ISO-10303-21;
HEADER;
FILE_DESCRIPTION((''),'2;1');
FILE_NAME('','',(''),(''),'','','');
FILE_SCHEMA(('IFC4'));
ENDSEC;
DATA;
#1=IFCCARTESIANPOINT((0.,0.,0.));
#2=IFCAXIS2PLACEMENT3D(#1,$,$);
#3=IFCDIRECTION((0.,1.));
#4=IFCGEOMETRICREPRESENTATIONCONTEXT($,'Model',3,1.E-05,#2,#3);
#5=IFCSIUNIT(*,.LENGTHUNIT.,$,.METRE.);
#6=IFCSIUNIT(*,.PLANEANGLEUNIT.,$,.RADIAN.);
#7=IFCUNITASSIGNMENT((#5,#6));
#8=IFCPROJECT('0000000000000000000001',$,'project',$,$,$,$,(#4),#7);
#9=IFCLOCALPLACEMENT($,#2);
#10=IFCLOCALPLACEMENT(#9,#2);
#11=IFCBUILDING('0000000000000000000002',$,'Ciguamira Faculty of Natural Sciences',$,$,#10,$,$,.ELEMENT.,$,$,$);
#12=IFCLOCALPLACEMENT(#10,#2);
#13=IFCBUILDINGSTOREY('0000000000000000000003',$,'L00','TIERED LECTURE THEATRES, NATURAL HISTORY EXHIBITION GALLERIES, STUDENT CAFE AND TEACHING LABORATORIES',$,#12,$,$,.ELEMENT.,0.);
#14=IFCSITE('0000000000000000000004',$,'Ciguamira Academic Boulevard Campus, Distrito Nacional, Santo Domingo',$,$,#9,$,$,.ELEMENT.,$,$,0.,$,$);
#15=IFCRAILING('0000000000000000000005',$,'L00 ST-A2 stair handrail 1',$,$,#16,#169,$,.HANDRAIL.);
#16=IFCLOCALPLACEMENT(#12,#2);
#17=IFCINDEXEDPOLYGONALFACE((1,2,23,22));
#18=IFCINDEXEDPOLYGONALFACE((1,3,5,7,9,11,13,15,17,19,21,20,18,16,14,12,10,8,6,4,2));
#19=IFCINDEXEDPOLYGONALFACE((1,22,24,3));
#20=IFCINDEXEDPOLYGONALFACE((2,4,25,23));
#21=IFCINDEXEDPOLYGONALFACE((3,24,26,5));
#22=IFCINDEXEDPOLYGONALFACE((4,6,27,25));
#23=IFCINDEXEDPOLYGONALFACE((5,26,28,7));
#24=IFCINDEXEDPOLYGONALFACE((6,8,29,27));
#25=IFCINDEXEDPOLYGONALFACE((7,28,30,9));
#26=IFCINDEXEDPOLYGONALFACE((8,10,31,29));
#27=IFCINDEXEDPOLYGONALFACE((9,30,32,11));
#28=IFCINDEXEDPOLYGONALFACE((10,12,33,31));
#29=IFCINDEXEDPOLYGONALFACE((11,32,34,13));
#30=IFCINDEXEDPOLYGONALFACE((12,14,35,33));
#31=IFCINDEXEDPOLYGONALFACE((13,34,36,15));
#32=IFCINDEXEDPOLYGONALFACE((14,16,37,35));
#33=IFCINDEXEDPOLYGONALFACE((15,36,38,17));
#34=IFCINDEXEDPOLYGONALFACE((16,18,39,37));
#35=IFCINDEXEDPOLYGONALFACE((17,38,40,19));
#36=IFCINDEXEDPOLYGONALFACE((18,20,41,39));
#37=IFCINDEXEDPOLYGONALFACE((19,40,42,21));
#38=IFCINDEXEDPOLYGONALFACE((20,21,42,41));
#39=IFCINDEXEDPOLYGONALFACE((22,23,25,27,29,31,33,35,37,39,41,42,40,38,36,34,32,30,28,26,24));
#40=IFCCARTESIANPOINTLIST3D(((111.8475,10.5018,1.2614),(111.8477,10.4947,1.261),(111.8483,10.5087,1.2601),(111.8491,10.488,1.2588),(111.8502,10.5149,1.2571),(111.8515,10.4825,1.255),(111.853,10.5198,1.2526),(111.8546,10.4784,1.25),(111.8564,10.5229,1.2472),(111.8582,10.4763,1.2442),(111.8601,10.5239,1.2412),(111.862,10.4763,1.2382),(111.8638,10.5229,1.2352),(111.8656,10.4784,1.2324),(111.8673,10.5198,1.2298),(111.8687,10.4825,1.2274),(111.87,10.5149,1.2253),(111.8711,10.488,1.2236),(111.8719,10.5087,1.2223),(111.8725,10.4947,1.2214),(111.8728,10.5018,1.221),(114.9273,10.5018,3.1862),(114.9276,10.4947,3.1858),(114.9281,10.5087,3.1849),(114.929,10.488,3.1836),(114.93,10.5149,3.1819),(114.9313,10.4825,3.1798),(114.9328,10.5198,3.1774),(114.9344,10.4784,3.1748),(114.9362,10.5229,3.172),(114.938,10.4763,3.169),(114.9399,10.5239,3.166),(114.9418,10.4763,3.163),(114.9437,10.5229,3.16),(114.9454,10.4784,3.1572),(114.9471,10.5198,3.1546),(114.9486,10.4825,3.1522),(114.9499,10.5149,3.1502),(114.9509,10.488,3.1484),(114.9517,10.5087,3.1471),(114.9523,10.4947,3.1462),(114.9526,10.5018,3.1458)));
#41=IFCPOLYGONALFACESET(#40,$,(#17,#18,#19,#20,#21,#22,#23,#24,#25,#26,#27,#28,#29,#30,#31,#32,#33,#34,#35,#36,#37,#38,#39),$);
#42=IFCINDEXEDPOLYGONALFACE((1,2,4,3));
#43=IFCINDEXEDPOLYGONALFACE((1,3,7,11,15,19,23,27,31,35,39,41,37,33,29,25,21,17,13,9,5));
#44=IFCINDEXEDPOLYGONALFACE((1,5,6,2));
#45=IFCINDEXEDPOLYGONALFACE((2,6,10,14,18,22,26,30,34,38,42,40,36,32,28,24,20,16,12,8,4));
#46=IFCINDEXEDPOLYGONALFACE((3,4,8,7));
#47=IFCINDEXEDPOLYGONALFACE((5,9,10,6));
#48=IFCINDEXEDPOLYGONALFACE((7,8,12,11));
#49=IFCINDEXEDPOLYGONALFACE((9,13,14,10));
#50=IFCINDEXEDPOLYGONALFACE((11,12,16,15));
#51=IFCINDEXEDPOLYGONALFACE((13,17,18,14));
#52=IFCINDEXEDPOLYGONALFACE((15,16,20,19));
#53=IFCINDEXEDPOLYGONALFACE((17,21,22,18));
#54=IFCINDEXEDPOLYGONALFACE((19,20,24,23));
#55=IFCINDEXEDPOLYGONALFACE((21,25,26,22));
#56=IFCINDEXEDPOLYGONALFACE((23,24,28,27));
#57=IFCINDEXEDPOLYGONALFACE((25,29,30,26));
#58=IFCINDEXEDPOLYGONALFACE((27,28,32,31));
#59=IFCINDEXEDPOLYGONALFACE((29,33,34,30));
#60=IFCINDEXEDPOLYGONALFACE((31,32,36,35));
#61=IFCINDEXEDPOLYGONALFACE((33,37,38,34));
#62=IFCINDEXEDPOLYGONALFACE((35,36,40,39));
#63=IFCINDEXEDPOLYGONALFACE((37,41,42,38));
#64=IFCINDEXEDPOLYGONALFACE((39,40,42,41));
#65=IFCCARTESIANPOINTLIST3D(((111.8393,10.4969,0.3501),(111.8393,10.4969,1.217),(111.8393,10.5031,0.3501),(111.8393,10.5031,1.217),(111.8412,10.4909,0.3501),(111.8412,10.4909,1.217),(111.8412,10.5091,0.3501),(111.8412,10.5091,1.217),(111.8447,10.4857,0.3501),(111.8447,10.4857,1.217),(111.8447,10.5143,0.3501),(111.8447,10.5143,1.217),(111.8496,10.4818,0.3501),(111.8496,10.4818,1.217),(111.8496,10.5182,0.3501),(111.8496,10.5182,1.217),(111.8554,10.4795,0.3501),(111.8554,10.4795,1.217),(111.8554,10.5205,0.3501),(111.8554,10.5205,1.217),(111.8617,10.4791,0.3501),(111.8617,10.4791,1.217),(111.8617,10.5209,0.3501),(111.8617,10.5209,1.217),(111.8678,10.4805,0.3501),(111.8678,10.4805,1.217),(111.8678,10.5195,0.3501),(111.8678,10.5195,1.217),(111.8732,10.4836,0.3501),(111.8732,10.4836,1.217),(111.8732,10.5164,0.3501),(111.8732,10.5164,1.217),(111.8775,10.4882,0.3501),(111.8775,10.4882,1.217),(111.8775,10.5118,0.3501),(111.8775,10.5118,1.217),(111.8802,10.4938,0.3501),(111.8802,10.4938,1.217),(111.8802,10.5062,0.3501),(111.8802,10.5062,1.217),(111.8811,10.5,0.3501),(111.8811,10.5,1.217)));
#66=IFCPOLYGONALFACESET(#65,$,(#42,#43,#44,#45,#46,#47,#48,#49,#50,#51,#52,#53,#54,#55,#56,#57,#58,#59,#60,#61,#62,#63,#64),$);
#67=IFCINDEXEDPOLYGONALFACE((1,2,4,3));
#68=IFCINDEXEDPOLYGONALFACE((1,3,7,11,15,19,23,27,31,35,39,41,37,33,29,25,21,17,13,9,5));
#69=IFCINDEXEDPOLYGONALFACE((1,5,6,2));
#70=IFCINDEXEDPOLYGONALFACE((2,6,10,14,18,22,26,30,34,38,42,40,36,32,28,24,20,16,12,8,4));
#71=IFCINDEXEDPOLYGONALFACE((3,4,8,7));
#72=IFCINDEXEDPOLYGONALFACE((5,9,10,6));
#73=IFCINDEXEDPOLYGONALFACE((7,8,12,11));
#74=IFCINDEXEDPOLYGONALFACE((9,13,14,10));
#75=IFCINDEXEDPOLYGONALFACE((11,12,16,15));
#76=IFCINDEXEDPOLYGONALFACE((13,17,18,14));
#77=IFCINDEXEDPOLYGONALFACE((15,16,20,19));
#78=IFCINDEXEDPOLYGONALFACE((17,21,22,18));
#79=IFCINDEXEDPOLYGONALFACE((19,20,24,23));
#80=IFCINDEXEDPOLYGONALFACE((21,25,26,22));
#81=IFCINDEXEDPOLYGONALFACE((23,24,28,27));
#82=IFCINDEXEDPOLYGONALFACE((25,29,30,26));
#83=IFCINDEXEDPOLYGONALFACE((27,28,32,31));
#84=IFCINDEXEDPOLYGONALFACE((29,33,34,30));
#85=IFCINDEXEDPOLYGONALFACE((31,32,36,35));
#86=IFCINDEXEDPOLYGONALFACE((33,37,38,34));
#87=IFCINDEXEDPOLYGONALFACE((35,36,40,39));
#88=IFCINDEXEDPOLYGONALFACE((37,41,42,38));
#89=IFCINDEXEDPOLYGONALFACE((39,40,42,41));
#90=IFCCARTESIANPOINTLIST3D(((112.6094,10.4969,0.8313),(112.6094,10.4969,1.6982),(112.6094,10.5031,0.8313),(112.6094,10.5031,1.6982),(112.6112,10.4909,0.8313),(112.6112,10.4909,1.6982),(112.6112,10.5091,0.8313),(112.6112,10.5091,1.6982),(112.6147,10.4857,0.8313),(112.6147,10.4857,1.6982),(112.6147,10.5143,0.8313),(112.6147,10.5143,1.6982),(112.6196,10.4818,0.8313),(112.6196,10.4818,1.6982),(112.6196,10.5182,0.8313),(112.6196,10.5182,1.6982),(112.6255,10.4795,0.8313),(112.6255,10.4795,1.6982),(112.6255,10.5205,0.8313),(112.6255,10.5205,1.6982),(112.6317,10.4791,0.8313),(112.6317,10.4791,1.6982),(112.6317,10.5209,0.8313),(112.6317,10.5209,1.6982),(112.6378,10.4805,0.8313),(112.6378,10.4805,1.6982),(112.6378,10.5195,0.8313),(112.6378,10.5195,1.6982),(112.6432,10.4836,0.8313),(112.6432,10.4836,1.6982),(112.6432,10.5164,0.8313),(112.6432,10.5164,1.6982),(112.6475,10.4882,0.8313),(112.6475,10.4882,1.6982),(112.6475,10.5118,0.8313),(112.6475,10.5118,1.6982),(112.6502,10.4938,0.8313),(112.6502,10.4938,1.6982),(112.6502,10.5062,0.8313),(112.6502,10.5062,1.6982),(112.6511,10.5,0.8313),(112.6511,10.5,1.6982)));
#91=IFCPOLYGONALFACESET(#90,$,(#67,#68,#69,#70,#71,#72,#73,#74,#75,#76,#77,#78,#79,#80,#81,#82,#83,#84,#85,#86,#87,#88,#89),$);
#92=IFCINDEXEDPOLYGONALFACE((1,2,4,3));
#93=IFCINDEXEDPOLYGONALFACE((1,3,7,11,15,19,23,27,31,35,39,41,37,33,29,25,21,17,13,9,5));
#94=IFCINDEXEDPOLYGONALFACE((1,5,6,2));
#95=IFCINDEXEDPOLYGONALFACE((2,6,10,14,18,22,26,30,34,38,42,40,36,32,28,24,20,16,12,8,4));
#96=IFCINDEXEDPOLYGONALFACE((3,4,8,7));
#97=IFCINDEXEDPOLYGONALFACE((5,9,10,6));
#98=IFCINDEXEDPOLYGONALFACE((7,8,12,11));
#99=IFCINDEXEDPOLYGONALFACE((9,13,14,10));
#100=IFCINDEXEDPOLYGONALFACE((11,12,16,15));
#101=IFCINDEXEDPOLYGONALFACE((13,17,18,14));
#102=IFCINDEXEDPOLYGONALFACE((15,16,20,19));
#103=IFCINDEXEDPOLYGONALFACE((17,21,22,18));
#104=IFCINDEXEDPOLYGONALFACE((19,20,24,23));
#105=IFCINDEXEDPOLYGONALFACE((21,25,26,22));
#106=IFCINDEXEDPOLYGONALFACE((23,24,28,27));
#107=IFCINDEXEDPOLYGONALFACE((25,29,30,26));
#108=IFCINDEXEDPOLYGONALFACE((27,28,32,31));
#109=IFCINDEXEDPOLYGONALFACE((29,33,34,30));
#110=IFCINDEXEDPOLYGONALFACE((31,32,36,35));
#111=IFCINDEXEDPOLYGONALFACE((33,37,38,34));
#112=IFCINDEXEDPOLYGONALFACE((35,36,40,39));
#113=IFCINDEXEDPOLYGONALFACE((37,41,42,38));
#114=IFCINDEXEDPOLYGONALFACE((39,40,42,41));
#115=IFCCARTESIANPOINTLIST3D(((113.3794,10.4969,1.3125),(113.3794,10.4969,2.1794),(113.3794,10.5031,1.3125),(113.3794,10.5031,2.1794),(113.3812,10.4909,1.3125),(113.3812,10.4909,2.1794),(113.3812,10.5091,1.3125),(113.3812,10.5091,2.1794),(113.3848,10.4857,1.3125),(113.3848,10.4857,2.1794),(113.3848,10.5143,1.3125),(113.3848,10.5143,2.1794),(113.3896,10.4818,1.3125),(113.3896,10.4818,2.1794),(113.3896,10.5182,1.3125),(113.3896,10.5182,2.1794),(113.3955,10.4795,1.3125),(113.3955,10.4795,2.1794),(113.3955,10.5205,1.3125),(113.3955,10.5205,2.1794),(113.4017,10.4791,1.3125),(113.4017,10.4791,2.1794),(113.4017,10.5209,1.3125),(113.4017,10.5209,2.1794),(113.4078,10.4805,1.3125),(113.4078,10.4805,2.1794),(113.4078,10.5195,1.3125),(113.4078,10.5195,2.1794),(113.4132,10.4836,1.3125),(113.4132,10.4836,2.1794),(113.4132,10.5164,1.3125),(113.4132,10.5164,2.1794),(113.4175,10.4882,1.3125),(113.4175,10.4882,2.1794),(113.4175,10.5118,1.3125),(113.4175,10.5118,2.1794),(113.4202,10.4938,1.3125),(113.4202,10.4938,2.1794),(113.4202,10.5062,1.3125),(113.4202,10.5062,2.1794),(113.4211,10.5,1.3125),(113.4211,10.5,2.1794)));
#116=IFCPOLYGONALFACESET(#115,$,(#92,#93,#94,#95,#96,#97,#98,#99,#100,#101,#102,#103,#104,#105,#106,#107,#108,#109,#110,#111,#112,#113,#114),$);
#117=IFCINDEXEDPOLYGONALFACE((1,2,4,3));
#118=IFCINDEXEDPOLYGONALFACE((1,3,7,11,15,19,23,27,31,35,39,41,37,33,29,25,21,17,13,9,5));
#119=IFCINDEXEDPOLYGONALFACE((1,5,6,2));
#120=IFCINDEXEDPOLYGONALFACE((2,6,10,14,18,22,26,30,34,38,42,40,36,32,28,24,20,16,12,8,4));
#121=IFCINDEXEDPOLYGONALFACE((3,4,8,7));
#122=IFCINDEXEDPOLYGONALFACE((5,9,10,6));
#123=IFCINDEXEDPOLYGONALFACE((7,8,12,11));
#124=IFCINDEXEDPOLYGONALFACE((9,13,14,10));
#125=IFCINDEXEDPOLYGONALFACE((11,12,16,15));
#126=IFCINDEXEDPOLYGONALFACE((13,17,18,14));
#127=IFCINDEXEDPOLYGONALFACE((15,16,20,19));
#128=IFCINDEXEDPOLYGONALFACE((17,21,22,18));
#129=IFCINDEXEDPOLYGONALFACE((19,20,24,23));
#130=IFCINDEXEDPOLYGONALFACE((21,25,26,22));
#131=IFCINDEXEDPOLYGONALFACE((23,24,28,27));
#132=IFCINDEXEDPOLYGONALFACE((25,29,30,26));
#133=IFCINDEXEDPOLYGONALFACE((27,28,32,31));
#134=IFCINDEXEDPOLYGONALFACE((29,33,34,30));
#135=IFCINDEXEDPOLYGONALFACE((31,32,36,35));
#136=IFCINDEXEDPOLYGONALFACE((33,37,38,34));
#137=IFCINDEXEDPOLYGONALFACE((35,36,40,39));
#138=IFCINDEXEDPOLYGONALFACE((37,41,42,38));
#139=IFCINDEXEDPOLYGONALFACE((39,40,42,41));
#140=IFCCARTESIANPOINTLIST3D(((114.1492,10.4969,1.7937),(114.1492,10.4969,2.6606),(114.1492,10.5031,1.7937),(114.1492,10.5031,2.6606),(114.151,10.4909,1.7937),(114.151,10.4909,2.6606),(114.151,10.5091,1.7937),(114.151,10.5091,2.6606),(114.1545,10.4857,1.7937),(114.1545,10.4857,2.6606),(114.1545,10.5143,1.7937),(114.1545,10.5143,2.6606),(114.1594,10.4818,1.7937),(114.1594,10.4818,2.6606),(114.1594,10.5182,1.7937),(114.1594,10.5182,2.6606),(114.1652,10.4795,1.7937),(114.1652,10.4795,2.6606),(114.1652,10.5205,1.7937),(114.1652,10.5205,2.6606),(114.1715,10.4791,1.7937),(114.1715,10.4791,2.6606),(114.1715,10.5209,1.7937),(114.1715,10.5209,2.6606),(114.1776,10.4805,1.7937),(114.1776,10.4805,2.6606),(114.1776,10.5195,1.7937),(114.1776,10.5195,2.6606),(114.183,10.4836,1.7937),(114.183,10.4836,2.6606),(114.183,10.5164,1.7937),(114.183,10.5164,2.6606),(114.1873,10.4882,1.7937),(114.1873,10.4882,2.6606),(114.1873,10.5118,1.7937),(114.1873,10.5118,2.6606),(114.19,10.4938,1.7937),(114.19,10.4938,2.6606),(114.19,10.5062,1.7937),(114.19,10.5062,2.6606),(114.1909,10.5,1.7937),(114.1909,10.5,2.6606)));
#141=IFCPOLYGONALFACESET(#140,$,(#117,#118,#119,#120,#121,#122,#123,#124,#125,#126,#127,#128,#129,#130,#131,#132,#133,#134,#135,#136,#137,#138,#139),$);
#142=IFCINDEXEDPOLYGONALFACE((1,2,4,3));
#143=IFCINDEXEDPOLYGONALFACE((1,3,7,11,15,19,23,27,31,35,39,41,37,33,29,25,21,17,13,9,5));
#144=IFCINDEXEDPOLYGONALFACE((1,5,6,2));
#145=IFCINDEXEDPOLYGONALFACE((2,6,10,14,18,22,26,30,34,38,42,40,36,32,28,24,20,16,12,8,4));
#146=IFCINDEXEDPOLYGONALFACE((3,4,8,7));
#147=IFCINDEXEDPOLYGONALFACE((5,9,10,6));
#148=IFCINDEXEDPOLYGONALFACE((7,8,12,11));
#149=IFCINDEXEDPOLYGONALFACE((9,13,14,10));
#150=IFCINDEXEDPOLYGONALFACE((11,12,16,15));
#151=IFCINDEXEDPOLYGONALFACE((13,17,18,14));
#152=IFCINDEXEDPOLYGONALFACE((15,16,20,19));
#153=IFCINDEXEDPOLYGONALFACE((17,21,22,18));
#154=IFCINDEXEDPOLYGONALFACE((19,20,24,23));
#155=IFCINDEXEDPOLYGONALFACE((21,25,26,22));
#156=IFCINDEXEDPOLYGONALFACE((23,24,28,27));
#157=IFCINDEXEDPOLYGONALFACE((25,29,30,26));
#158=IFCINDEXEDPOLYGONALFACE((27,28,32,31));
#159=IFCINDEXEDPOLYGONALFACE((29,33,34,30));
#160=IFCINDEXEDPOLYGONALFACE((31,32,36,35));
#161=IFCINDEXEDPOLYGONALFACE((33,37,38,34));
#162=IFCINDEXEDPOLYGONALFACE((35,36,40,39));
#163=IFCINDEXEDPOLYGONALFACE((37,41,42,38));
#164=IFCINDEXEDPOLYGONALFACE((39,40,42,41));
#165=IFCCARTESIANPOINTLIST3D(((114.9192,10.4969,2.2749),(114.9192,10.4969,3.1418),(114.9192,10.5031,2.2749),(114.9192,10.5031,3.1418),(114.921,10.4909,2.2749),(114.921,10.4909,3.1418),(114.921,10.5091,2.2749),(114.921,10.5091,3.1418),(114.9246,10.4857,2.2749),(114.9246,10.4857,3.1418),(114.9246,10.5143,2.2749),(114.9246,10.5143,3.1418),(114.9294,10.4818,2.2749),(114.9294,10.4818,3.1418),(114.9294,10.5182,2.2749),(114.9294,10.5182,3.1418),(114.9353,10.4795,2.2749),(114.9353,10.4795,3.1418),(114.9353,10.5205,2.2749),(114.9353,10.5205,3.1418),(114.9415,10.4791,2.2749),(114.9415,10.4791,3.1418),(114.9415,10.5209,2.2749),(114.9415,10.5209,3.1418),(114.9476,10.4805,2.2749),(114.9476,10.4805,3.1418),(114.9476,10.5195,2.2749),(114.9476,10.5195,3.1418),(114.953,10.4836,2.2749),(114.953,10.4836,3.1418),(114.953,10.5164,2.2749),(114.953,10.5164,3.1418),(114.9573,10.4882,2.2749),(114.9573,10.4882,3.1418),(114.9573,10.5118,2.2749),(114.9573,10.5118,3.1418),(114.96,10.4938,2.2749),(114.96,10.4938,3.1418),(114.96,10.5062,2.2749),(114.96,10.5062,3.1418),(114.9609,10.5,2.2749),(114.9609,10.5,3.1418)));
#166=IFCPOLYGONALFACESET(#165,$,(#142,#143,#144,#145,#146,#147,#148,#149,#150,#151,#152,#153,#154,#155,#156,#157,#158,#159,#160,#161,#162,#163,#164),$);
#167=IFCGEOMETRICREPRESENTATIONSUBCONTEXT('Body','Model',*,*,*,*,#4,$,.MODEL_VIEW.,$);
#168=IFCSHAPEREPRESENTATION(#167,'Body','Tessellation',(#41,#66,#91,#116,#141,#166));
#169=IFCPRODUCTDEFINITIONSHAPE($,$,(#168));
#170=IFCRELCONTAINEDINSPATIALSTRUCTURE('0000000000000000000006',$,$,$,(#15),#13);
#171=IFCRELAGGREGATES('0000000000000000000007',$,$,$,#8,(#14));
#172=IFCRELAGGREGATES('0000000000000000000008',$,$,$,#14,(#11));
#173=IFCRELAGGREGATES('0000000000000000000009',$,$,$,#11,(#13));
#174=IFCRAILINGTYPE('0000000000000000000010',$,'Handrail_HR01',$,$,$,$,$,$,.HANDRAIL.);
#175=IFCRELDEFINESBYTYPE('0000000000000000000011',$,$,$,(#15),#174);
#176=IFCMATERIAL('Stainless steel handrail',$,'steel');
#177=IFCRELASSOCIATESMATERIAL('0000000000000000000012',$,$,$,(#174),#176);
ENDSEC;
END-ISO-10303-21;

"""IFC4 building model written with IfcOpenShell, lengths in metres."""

from ifc_helpers import new_model, si_unit, direction, frame, origin, origin_2d, place, context, subcontext, project, spatial, circle, extrude, material, type_object, element, save


model = new_model("IFC4")

# Units and contexts
model_context = context("Model", 3, precision=1e-05, world=origin(), true_north=direction((0.0, 1.0)))
body_context = subcontext(model_context, "Body", "Model", "MODEL_VIEW")
ifc_project = project(units=[si_unit("LENGTHUNIT", "METRE"), si_unit("PLANEANGLEUNIT", "RADIAN")], contexts=[model_context])

# Site, building, storey
site_placement = place(None, origin())
site = spatial("IfcSite", under=ifc_project, at=site_placement, Name="Ciguamira Academic Boulevard Campus, Distrito Nacional, Santo Domingo", CompositionType="ELEMENT", RefElevation=0.0)
building_placement = place(site_placement, origin())
building = spatial("IfcBuilding", under=site, at=building_placement, Name="Ciguamira Faculty of Natural Sciences", CompositionType="ELEMENT")
storey_placement = place(building_placement, origin())
storey = spatial("IfcBuildingStorey", under=building, at=storey_placement, Name="L00", Description="TIERED LECTURE THEATRES, NATURAL HISTORY EXHIBITION GALLERIES, STUDENT CAFE AND TEACHING LABORATORIES", CompositionType="ELEMENT", Elevation=0.0)

# Railing
ifc_material_1 = material(Name="Stainless steel handrail", Category="steel")
railing_type_1 = type_object("IfcRailingType", Name="Handrail_HR01", PredefinedType="HANDRAIL", material=ifc_material_1)
railing_1_placement = place(storey_placement, frame((111.8601, 10.5, 0.3501)))
element("IfcRailing", 1, at=railing_1_placement, inside=storey, type_object=railing_type_1, Name="L00 ST-A2 stair handrail 1", PredefinedType="HANDRAIL", context=body_context, shape_type="SweptSolid", body=[
    extrude(circle(Radius=0.0239, at=origin_2d()), frame((0.0, 0.0, 0.8911), z_axis=(0.84801, 0.0, 0.529981), x_axis=(0.0, 1.0, 0.0)), (0.0, 0.0, 1.0), 3.6318),
    extrude(circle(Radius=0.021, at=origin_2d()), origin(), (0.0, 0.0, 1.0), 0.8669),
    extrude(circle(Radius=0.021, at=origin_2d()), frame((0.77, 0.0, 0.4812)), (0.0, 0.0, 1.0), 0.8669),
    extrude(circle(Radius=0.021, at=origin_2d()), frame((1.54, 0.0, 0.9624)), (0.0, 0.0, 1.0), 0.8669),
    extrude(circle(Radius=0.021, at=origin_2d()), frame((2.3098, 0.0, 1.4436)), (0.0, 0.0, 1.0), 0.8669),
    extrude(circle(Radius=0.021, at=origin_2d()), frame((3.0798, 0.0, 1.9248)), (0.0, 0.0, 1.0), 0.8669),
])

save(model, "model.ifc")
